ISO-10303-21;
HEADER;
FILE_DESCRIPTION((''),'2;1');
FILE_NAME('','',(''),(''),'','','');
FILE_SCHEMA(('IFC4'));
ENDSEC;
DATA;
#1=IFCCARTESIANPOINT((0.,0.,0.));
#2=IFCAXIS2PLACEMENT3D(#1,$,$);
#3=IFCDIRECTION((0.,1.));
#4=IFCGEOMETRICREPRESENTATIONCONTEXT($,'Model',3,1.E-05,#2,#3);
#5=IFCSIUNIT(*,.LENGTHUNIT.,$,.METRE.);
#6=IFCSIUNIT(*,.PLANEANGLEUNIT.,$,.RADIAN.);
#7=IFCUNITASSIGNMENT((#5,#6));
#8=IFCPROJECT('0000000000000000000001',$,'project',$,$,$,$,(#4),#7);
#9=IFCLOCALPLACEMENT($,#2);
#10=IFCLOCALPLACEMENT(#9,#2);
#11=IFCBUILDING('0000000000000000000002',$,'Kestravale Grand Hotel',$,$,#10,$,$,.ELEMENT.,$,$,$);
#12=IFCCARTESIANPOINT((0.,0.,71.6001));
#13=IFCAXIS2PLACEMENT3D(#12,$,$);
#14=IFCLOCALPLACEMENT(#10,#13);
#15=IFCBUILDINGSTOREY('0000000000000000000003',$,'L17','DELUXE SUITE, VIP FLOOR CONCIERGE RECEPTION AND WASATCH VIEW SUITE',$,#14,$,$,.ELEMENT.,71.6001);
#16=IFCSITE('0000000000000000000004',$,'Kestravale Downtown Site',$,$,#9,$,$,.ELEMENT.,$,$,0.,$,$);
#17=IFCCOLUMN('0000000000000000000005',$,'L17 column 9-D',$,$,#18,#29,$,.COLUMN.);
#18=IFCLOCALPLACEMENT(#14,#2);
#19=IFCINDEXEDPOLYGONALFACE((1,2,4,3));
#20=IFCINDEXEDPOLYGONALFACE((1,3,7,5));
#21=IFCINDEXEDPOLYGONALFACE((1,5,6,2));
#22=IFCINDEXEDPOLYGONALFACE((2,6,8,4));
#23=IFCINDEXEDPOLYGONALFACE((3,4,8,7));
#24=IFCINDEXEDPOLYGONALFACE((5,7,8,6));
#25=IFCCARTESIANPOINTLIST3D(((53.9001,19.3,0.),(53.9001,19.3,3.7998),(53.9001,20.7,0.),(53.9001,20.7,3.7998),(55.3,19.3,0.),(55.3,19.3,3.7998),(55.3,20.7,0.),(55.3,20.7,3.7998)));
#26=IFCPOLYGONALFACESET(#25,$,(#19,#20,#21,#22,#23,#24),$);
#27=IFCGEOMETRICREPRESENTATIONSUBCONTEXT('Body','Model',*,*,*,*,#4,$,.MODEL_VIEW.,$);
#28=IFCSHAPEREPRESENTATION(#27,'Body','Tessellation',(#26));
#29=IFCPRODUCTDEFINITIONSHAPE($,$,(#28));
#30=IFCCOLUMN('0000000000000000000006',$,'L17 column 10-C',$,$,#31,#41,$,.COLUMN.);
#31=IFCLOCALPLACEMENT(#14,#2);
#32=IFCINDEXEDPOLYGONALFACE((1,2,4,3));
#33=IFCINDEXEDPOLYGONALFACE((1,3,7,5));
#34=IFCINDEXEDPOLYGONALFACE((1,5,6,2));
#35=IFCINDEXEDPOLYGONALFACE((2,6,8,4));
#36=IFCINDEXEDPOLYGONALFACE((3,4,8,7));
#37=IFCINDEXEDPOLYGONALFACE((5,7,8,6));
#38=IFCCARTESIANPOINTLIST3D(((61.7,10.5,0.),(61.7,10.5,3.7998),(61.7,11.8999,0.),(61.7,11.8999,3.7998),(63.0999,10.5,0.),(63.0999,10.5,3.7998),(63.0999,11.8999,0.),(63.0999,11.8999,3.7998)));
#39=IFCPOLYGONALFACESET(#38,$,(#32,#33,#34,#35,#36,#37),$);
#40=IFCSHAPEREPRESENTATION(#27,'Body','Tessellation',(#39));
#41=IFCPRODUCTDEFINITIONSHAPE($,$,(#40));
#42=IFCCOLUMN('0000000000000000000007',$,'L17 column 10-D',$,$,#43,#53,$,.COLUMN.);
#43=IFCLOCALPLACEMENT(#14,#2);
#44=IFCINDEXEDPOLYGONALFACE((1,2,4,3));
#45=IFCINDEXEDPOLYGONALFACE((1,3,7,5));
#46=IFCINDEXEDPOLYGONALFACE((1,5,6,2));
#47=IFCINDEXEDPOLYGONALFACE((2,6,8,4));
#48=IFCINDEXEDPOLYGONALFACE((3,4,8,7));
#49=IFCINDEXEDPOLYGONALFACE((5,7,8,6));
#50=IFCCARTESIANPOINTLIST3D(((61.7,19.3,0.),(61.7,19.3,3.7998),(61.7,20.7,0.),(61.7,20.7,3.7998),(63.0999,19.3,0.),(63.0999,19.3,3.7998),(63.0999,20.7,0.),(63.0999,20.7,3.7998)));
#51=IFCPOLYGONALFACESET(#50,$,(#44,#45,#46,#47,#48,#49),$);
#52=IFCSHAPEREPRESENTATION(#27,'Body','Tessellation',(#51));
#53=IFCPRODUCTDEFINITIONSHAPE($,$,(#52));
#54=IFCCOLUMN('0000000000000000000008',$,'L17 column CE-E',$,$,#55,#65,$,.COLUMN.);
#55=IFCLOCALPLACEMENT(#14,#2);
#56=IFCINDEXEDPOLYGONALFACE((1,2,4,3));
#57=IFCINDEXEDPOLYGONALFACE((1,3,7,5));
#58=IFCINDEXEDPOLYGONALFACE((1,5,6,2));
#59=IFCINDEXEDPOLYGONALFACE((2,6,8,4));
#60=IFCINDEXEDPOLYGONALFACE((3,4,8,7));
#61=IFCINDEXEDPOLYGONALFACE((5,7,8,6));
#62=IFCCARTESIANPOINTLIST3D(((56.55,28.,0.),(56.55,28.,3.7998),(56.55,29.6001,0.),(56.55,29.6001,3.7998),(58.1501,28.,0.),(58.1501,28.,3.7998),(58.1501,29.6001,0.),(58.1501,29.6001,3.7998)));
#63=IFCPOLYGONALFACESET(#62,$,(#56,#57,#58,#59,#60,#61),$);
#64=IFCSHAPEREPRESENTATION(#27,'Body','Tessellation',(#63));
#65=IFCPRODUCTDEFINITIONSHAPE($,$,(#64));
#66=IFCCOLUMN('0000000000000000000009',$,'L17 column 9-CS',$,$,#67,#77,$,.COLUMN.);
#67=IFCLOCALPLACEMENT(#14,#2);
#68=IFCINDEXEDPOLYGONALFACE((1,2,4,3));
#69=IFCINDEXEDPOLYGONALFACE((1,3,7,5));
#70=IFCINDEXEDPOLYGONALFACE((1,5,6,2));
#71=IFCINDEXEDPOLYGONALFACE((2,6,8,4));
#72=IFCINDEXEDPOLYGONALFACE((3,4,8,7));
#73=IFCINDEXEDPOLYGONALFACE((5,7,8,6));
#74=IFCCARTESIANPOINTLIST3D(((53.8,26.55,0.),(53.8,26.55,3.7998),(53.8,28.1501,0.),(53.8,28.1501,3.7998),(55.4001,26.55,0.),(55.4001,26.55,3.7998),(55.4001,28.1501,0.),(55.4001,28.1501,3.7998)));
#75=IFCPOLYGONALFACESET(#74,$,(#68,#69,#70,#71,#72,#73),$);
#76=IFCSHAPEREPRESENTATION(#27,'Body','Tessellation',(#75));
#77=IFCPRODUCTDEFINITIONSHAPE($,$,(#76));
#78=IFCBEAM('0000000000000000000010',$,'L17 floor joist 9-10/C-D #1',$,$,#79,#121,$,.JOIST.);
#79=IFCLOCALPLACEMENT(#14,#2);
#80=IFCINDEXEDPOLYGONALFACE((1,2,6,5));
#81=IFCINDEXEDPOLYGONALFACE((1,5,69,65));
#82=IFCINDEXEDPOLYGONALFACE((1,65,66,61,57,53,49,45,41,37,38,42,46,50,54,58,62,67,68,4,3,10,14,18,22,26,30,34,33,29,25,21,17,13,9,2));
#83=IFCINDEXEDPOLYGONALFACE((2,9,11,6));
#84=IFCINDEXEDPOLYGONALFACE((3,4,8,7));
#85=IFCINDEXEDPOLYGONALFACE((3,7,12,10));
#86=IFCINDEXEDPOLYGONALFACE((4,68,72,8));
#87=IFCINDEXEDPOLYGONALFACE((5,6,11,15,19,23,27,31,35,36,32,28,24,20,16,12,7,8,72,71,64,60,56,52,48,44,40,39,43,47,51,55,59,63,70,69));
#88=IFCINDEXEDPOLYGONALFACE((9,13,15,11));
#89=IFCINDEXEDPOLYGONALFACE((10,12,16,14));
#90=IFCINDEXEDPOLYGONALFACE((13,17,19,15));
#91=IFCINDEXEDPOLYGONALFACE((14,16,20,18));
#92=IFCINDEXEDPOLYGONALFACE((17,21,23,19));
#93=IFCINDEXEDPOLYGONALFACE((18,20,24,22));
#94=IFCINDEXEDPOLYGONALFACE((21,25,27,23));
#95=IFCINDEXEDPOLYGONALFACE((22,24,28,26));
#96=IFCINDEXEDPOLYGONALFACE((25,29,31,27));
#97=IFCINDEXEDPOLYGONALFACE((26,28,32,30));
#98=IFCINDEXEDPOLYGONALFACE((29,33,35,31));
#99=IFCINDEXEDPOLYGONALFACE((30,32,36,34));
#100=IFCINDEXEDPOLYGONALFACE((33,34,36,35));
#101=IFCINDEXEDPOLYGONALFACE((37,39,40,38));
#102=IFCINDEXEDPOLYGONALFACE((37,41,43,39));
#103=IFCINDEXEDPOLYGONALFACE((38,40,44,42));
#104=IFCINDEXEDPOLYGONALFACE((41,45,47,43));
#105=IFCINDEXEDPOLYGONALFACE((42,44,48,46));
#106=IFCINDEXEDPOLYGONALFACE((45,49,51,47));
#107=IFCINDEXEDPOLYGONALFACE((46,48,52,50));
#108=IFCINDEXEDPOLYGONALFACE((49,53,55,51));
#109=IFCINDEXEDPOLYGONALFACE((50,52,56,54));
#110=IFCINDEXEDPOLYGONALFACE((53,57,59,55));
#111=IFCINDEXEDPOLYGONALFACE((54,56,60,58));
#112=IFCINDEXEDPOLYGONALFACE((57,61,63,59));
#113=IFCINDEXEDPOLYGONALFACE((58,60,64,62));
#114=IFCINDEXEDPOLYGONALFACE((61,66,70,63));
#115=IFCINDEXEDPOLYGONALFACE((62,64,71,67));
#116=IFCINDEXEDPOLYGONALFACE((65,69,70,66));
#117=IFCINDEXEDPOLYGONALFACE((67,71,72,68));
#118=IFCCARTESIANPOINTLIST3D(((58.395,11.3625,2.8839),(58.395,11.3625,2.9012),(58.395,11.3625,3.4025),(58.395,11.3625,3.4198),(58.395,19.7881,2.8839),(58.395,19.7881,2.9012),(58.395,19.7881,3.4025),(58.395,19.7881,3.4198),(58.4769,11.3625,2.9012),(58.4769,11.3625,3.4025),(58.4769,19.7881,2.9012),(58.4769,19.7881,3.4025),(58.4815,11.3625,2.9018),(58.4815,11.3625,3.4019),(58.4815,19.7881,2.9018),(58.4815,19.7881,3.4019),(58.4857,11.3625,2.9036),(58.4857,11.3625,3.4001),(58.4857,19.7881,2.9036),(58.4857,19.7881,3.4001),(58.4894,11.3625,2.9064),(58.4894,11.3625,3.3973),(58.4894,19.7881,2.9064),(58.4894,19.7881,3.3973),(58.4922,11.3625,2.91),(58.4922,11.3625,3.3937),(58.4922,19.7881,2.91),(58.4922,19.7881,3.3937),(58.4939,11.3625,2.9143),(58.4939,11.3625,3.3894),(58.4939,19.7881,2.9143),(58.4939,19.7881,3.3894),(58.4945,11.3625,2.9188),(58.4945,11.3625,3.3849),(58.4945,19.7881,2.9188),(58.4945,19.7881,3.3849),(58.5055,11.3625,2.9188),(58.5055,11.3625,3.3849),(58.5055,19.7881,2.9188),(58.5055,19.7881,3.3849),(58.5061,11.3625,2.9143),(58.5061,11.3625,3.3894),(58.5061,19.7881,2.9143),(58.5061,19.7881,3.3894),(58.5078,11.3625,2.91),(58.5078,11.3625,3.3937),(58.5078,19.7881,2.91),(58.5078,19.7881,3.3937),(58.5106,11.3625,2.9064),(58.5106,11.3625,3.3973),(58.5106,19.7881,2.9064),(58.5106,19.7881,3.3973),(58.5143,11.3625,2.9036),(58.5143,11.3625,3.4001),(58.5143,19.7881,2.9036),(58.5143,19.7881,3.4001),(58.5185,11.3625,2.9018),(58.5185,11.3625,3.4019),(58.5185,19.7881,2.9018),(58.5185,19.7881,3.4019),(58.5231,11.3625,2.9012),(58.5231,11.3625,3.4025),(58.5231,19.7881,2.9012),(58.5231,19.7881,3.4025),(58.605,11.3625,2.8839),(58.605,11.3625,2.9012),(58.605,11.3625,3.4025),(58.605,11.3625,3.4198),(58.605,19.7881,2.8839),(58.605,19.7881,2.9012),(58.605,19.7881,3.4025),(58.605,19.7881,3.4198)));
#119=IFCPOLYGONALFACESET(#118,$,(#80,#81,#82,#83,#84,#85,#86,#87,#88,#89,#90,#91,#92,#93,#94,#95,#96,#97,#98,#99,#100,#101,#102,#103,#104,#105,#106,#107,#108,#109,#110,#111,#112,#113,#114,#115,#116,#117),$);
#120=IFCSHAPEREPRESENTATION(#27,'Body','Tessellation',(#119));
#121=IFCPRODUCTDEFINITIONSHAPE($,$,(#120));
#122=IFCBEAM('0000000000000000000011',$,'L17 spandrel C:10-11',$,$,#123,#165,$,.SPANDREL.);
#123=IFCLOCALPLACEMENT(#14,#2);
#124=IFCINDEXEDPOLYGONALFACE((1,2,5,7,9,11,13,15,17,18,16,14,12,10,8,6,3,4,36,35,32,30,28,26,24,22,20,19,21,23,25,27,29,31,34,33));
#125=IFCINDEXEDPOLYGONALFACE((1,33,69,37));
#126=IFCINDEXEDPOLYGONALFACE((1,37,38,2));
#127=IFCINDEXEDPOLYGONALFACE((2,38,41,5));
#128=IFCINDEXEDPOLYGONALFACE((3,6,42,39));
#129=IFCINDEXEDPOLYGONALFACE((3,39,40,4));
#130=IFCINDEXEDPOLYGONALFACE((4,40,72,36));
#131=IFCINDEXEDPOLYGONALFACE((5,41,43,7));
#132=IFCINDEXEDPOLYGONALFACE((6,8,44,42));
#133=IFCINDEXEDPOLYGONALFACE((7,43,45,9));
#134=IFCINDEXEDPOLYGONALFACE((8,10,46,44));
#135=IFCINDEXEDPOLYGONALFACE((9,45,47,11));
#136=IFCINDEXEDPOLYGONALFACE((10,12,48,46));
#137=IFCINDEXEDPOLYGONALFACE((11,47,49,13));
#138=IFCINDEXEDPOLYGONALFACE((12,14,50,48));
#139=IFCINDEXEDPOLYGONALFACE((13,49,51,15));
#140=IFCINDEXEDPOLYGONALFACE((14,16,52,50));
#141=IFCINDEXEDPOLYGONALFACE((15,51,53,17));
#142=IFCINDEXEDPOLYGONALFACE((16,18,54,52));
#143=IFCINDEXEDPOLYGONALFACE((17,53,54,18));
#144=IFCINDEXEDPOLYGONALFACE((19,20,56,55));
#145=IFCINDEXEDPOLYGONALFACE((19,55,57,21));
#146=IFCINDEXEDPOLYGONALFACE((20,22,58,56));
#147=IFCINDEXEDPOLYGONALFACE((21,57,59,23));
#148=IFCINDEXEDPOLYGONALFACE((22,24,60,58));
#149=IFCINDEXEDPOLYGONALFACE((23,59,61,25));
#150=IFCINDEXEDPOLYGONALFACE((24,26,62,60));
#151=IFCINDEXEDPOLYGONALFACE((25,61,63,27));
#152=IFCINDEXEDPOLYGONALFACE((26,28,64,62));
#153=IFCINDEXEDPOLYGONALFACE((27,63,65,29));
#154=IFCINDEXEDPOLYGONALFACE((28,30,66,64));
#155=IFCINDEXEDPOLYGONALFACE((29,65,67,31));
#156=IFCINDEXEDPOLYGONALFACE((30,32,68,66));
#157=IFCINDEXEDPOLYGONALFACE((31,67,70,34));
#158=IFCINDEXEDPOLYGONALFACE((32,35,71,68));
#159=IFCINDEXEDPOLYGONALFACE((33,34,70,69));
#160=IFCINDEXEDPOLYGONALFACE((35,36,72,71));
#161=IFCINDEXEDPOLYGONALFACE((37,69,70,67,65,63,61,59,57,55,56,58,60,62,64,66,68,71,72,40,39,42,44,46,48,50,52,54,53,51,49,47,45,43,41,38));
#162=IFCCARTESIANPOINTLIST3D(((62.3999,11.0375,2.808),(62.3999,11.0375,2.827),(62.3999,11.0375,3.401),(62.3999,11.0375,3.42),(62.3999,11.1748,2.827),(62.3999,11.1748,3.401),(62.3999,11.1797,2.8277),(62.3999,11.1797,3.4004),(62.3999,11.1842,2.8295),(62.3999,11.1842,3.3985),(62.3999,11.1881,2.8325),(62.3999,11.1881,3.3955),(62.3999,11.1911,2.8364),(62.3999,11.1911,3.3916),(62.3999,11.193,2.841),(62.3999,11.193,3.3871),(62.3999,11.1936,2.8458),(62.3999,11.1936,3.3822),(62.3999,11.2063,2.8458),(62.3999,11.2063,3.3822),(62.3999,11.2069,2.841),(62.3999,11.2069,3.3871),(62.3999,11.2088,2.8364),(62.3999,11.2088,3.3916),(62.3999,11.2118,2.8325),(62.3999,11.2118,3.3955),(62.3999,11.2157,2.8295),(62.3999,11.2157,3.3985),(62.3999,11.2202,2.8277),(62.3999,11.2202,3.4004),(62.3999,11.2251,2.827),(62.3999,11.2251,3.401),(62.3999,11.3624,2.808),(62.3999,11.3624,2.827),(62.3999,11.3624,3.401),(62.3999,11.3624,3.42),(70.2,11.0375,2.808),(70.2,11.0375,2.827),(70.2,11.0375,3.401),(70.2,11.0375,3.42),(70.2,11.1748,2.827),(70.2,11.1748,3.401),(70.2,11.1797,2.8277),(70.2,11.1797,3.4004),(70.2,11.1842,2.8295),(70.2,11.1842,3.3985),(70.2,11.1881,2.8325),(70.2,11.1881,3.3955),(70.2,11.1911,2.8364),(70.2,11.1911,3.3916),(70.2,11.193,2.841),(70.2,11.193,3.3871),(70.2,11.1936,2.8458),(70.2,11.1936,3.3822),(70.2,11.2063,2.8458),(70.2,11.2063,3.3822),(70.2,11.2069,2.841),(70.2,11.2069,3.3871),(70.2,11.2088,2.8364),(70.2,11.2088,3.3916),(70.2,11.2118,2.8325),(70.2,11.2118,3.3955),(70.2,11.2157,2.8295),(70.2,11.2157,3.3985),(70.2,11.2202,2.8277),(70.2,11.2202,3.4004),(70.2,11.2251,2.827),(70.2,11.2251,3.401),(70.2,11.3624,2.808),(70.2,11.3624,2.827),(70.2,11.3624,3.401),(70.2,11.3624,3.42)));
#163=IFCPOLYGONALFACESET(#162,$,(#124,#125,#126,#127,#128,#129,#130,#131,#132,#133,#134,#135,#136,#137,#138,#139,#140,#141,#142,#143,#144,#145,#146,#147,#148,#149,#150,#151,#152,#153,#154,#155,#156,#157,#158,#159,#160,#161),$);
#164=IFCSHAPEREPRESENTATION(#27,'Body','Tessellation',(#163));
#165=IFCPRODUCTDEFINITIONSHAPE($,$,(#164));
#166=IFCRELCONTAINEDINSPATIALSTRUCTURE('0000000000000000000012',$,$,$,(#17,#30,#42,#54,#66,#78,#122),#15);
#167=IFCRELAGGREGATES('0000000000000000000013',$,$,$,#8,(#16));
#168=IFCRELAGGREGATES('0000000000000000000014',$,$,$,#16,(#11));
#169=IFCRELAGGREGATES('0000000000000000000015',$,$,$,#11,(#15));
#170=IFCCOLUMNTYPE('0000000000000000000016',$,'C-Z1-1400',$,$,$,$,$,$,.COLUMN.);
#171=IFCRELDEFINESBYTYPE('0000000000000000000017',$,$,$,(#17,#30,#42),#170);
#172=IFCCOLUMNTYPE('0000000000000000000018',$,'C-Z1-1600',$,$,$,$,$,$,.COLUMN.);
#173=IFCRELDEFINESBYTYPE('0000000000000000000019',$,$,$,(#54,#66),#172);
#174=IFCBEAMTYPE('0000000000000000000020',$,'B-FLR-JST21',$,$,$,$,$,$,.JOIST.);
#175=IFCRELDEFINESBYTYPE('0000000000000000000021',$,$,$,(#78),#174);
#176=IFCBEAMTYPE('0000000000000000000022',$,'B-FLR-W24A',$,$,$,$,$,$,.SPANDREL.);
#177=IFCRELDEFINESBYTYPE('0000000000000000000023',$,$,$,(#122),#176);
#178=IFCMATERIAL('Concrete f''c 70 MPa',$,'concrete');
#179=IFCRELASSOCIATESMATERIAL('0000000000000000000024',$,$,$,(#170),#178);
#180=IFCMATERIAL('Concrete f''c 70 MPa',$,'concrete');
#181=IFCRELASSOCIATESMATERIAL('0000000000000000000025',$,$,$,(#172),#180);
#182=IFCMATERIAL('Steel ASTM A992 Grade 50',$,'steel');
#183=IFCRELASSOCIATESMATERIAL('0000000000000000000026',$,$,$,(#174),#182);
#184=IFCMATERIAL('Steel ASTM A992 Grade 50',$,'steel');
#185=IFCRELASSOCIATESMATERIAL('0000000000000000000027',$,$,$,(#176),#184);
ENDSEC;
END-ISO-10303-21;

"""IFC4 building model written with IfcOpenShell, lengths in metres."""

from ifc_helpers import new_model, si_unit, direction, frame, origin, origin_2d, place, context, subcontext, project, spatial, rectangle, i_section, extrude, material, material_profile, profile_set, type_object, element, save


model = new_model("IFC4")

# Units and contexts
model_context = context("Model", 3, precision=1e-05, world=origin(), true_north=direction((0.0, 1.0)))
body_context = subcontext(model_context, "Body", "Model", "MODEL_VIEW")
ifc_project = project(units=[si_unit("LENGTHUNIT", "METRE"), si_unit("PLANEANGLEUNIT", "RADIAN")], contexts=[model_context])

# Site, building, storey
site_placement = place(None, origin())
site = spatial("IfcSite", under=ifc_project, at=site_placement, Name="Kestravale Downtown Site", CompositionType="ELEMENT", RefElevation=0.0)
building_placement = place(site_placement, origin())
building = spatial("IfcBuilding", under=site, at=building_placement, Name="Kestravale Grand Hotel", CompositionType="ELEMENT")
storey_placement = place(building_placement, frame((0.0, 0.0, 71.6001)))
storey = spatial("IfcBuildingStorey", under=building, at=storey_placement, Name="L17", Description="DELUXE SUITE, VIP FLOOR CONCIERGE RECEPTION AND WASATCH VIEW SUITE", CompositionType="ELEMENT", Elevation=71.6001)

# Columns
ifc_material_1 = material(Name="Concrete f'c 70 MPa", Category="concrete")
ifc_material_profile_1 = material_profile(ifc_material_1, rectangle(XDim=1.3999, YDim=1.3999, at=origin_2d()))
ifc_profile_set_1 = profile_set([ifc_material_profile_1], Name="Concrete f'c 70 MPa")
column_type_1 = type_object("IfcColumnType", Name="C-Z1-1400", PredefinedType="COLUMN", material=ifc_profile_set_1)
for number, where, z_axis, x_axis, name in (
    (1, (54.6001, 20.0, 0.0), (0.0, 0.0, 1.0), (1.0, 0.0, 0.0), "L17 column 9-D"),
    (2, (62.3999, 11.2, 0.0), (0.0, 0.0, 1.0), (1.0, 0.0, 0.0), "L17 column 10-C"),
    (3, (62.3999, 20.0, 0.0), (0.0, 0.0, 1.0), (1.0, 0.0, 0.0), "L17 column 10-D"),
):
    element("IfcColumn", number, at=place(storey_placement, frame(where, z_axis=z_axis, x_axis=x_axis)), inside=storey, type_object=column_type_1, Name=name, PredefinedType="COLUMN", context=body_context, shape_type="SweptSolid", body=[
        extrude(rectangle(XDim=1.3999, YDim=1.3999, at=origin_2d()), origin(), (0.0, 0.0, 1.0), 3.7998),
    ])
ifc_material_2 = material(Name="Concrete f'c 70 MPa", Category="concrete")
ifc_material_profile_2 = material_profile(ifc_material_2, rectangle(XDim=1.6001, YDim=1.6001, at=origin_2d()))
ifc_profile_set_2 = profile_set([ifc_material_profile_2], Name="Concrete f'c 70 MPa")
column_type_2 = type_object("IfcColumnType", Name="C-Z1-1600", PredefinedType="COLUMN", material=ifc_profile_set_2)
for number, where, z_axis, x_axis, name in (
    (4, (57.3501, 28.8, 0.0), (0.0, 0.0, 1.0), (1.0, 0.0, 0.0), "L17 column CE-E"),
    (5, (54.6001, 27.3501, 0.0), (0.0, 0.0, 1.0), (1.0, 0.0, 0.0), "L17 column 9-CS"),
):
    element("IfcColumn", number, at=place(storey_placement, frame(where, z_axis=z_axis, x_axis=x_axis)), inside=storey, type_object=column_type_2, Name=name, PredefinedType="COLUMN", context=body_context, shape_type="SweptSolid", body=[
        extrude(rectangle(XDim=1.6001, YDim=1.6001, at=origin_2d()), origin(), (0.0, 0.0, 1.0), 3.7998),
    ])

# Beams
ifc_material_3 = material(Name="Steel ASTM A992 Grade 50", Category="steel")
ifc_material_profile_3 = material_profile(ifc_material_3, i_section(OverallWidth=0.21, OverallDepth=0.5359, WebThickness=0.011, FlangeThickness=0.0173, FilletRadius=0.0176, at=origin_2d()))
ifc_profile_set_3 = profile_set([ifc_material_profile_3], Name="Steel ASTM A992 Grade 50")
beam_type_1 = type_object("IfcBeamType", Name="B-FLR-JST21", PredefinedType="JOIST", material=ifc_profile_set_3)
beam_1_placement = place(storey_placement, frame((58.5, 11.3625, 3.1519), z_axis=(0.0, 1.0, 0.0), x_axis=(-1.0, 0.0, 0.0)))
element("IfcBeam", 6, at=beam_1_placement, inside=storey, type_object=beam_type_1, Name="L17 floor joist 9-10/C-D #1", PredefinedType="JOIST", context=body_context, shape_type="SweptSolid", body=[
    extrude(i_section(OverallWidth=0.21, OverallDepth=0.5359, WebThickness=0.011, FlangeThickness=0.0173, FilletRadius=0.0176, at=origin_2d()), origin(), (0.0, 0.0, 1.0), 8.4255),
])
ifc_material_4 = material(Name="Steel ASTM A992 Grade 50", Category="steel")
ifc_material_profile_4 = material_profile(ifc_material_4, i_section(OverallWidth=0.325, OverallDepth=0.6121, WebThickness=0.0127, FlangeThickness=0.019, FilletRadius=0.0188, at=origin_2d()))
ifc_profile_set_4 = profile_set([ifc_material_profile_4], Name="Steel ASTM A992 Grade 50")
beam_type_2 = type_object("IfcBeamType", Name="B-FLR-W24A", PredefinedType="SPANDREL", material=ifc_profile_set_4)
beam_2_placement = place(storey_placement, frame((62.3999, 11.2, 3.114), z_axis=(1.0, 0.0, 0.0), x_axis=(0.0, 1.0, 0.0)))
element("IfcBeam", 7, at=beam_2_placement, inside=storey, type_object=beam_type_2, Name="L17 spandrel C:10-11", PredefinedType="SPANDREL", context=body_context, shape_type="SweptSolid", body=[
    extrude(i_section(OverallWidth=0.325, OverallDepth=0.6121, WebThickness=0.0127, FlangeThickness=0.019, FilletRadius=0.0188, at=origin_2d()), origin(), (0.0, 0.0, 1.0), 7.8),
])

save(model, "model.ifc")
